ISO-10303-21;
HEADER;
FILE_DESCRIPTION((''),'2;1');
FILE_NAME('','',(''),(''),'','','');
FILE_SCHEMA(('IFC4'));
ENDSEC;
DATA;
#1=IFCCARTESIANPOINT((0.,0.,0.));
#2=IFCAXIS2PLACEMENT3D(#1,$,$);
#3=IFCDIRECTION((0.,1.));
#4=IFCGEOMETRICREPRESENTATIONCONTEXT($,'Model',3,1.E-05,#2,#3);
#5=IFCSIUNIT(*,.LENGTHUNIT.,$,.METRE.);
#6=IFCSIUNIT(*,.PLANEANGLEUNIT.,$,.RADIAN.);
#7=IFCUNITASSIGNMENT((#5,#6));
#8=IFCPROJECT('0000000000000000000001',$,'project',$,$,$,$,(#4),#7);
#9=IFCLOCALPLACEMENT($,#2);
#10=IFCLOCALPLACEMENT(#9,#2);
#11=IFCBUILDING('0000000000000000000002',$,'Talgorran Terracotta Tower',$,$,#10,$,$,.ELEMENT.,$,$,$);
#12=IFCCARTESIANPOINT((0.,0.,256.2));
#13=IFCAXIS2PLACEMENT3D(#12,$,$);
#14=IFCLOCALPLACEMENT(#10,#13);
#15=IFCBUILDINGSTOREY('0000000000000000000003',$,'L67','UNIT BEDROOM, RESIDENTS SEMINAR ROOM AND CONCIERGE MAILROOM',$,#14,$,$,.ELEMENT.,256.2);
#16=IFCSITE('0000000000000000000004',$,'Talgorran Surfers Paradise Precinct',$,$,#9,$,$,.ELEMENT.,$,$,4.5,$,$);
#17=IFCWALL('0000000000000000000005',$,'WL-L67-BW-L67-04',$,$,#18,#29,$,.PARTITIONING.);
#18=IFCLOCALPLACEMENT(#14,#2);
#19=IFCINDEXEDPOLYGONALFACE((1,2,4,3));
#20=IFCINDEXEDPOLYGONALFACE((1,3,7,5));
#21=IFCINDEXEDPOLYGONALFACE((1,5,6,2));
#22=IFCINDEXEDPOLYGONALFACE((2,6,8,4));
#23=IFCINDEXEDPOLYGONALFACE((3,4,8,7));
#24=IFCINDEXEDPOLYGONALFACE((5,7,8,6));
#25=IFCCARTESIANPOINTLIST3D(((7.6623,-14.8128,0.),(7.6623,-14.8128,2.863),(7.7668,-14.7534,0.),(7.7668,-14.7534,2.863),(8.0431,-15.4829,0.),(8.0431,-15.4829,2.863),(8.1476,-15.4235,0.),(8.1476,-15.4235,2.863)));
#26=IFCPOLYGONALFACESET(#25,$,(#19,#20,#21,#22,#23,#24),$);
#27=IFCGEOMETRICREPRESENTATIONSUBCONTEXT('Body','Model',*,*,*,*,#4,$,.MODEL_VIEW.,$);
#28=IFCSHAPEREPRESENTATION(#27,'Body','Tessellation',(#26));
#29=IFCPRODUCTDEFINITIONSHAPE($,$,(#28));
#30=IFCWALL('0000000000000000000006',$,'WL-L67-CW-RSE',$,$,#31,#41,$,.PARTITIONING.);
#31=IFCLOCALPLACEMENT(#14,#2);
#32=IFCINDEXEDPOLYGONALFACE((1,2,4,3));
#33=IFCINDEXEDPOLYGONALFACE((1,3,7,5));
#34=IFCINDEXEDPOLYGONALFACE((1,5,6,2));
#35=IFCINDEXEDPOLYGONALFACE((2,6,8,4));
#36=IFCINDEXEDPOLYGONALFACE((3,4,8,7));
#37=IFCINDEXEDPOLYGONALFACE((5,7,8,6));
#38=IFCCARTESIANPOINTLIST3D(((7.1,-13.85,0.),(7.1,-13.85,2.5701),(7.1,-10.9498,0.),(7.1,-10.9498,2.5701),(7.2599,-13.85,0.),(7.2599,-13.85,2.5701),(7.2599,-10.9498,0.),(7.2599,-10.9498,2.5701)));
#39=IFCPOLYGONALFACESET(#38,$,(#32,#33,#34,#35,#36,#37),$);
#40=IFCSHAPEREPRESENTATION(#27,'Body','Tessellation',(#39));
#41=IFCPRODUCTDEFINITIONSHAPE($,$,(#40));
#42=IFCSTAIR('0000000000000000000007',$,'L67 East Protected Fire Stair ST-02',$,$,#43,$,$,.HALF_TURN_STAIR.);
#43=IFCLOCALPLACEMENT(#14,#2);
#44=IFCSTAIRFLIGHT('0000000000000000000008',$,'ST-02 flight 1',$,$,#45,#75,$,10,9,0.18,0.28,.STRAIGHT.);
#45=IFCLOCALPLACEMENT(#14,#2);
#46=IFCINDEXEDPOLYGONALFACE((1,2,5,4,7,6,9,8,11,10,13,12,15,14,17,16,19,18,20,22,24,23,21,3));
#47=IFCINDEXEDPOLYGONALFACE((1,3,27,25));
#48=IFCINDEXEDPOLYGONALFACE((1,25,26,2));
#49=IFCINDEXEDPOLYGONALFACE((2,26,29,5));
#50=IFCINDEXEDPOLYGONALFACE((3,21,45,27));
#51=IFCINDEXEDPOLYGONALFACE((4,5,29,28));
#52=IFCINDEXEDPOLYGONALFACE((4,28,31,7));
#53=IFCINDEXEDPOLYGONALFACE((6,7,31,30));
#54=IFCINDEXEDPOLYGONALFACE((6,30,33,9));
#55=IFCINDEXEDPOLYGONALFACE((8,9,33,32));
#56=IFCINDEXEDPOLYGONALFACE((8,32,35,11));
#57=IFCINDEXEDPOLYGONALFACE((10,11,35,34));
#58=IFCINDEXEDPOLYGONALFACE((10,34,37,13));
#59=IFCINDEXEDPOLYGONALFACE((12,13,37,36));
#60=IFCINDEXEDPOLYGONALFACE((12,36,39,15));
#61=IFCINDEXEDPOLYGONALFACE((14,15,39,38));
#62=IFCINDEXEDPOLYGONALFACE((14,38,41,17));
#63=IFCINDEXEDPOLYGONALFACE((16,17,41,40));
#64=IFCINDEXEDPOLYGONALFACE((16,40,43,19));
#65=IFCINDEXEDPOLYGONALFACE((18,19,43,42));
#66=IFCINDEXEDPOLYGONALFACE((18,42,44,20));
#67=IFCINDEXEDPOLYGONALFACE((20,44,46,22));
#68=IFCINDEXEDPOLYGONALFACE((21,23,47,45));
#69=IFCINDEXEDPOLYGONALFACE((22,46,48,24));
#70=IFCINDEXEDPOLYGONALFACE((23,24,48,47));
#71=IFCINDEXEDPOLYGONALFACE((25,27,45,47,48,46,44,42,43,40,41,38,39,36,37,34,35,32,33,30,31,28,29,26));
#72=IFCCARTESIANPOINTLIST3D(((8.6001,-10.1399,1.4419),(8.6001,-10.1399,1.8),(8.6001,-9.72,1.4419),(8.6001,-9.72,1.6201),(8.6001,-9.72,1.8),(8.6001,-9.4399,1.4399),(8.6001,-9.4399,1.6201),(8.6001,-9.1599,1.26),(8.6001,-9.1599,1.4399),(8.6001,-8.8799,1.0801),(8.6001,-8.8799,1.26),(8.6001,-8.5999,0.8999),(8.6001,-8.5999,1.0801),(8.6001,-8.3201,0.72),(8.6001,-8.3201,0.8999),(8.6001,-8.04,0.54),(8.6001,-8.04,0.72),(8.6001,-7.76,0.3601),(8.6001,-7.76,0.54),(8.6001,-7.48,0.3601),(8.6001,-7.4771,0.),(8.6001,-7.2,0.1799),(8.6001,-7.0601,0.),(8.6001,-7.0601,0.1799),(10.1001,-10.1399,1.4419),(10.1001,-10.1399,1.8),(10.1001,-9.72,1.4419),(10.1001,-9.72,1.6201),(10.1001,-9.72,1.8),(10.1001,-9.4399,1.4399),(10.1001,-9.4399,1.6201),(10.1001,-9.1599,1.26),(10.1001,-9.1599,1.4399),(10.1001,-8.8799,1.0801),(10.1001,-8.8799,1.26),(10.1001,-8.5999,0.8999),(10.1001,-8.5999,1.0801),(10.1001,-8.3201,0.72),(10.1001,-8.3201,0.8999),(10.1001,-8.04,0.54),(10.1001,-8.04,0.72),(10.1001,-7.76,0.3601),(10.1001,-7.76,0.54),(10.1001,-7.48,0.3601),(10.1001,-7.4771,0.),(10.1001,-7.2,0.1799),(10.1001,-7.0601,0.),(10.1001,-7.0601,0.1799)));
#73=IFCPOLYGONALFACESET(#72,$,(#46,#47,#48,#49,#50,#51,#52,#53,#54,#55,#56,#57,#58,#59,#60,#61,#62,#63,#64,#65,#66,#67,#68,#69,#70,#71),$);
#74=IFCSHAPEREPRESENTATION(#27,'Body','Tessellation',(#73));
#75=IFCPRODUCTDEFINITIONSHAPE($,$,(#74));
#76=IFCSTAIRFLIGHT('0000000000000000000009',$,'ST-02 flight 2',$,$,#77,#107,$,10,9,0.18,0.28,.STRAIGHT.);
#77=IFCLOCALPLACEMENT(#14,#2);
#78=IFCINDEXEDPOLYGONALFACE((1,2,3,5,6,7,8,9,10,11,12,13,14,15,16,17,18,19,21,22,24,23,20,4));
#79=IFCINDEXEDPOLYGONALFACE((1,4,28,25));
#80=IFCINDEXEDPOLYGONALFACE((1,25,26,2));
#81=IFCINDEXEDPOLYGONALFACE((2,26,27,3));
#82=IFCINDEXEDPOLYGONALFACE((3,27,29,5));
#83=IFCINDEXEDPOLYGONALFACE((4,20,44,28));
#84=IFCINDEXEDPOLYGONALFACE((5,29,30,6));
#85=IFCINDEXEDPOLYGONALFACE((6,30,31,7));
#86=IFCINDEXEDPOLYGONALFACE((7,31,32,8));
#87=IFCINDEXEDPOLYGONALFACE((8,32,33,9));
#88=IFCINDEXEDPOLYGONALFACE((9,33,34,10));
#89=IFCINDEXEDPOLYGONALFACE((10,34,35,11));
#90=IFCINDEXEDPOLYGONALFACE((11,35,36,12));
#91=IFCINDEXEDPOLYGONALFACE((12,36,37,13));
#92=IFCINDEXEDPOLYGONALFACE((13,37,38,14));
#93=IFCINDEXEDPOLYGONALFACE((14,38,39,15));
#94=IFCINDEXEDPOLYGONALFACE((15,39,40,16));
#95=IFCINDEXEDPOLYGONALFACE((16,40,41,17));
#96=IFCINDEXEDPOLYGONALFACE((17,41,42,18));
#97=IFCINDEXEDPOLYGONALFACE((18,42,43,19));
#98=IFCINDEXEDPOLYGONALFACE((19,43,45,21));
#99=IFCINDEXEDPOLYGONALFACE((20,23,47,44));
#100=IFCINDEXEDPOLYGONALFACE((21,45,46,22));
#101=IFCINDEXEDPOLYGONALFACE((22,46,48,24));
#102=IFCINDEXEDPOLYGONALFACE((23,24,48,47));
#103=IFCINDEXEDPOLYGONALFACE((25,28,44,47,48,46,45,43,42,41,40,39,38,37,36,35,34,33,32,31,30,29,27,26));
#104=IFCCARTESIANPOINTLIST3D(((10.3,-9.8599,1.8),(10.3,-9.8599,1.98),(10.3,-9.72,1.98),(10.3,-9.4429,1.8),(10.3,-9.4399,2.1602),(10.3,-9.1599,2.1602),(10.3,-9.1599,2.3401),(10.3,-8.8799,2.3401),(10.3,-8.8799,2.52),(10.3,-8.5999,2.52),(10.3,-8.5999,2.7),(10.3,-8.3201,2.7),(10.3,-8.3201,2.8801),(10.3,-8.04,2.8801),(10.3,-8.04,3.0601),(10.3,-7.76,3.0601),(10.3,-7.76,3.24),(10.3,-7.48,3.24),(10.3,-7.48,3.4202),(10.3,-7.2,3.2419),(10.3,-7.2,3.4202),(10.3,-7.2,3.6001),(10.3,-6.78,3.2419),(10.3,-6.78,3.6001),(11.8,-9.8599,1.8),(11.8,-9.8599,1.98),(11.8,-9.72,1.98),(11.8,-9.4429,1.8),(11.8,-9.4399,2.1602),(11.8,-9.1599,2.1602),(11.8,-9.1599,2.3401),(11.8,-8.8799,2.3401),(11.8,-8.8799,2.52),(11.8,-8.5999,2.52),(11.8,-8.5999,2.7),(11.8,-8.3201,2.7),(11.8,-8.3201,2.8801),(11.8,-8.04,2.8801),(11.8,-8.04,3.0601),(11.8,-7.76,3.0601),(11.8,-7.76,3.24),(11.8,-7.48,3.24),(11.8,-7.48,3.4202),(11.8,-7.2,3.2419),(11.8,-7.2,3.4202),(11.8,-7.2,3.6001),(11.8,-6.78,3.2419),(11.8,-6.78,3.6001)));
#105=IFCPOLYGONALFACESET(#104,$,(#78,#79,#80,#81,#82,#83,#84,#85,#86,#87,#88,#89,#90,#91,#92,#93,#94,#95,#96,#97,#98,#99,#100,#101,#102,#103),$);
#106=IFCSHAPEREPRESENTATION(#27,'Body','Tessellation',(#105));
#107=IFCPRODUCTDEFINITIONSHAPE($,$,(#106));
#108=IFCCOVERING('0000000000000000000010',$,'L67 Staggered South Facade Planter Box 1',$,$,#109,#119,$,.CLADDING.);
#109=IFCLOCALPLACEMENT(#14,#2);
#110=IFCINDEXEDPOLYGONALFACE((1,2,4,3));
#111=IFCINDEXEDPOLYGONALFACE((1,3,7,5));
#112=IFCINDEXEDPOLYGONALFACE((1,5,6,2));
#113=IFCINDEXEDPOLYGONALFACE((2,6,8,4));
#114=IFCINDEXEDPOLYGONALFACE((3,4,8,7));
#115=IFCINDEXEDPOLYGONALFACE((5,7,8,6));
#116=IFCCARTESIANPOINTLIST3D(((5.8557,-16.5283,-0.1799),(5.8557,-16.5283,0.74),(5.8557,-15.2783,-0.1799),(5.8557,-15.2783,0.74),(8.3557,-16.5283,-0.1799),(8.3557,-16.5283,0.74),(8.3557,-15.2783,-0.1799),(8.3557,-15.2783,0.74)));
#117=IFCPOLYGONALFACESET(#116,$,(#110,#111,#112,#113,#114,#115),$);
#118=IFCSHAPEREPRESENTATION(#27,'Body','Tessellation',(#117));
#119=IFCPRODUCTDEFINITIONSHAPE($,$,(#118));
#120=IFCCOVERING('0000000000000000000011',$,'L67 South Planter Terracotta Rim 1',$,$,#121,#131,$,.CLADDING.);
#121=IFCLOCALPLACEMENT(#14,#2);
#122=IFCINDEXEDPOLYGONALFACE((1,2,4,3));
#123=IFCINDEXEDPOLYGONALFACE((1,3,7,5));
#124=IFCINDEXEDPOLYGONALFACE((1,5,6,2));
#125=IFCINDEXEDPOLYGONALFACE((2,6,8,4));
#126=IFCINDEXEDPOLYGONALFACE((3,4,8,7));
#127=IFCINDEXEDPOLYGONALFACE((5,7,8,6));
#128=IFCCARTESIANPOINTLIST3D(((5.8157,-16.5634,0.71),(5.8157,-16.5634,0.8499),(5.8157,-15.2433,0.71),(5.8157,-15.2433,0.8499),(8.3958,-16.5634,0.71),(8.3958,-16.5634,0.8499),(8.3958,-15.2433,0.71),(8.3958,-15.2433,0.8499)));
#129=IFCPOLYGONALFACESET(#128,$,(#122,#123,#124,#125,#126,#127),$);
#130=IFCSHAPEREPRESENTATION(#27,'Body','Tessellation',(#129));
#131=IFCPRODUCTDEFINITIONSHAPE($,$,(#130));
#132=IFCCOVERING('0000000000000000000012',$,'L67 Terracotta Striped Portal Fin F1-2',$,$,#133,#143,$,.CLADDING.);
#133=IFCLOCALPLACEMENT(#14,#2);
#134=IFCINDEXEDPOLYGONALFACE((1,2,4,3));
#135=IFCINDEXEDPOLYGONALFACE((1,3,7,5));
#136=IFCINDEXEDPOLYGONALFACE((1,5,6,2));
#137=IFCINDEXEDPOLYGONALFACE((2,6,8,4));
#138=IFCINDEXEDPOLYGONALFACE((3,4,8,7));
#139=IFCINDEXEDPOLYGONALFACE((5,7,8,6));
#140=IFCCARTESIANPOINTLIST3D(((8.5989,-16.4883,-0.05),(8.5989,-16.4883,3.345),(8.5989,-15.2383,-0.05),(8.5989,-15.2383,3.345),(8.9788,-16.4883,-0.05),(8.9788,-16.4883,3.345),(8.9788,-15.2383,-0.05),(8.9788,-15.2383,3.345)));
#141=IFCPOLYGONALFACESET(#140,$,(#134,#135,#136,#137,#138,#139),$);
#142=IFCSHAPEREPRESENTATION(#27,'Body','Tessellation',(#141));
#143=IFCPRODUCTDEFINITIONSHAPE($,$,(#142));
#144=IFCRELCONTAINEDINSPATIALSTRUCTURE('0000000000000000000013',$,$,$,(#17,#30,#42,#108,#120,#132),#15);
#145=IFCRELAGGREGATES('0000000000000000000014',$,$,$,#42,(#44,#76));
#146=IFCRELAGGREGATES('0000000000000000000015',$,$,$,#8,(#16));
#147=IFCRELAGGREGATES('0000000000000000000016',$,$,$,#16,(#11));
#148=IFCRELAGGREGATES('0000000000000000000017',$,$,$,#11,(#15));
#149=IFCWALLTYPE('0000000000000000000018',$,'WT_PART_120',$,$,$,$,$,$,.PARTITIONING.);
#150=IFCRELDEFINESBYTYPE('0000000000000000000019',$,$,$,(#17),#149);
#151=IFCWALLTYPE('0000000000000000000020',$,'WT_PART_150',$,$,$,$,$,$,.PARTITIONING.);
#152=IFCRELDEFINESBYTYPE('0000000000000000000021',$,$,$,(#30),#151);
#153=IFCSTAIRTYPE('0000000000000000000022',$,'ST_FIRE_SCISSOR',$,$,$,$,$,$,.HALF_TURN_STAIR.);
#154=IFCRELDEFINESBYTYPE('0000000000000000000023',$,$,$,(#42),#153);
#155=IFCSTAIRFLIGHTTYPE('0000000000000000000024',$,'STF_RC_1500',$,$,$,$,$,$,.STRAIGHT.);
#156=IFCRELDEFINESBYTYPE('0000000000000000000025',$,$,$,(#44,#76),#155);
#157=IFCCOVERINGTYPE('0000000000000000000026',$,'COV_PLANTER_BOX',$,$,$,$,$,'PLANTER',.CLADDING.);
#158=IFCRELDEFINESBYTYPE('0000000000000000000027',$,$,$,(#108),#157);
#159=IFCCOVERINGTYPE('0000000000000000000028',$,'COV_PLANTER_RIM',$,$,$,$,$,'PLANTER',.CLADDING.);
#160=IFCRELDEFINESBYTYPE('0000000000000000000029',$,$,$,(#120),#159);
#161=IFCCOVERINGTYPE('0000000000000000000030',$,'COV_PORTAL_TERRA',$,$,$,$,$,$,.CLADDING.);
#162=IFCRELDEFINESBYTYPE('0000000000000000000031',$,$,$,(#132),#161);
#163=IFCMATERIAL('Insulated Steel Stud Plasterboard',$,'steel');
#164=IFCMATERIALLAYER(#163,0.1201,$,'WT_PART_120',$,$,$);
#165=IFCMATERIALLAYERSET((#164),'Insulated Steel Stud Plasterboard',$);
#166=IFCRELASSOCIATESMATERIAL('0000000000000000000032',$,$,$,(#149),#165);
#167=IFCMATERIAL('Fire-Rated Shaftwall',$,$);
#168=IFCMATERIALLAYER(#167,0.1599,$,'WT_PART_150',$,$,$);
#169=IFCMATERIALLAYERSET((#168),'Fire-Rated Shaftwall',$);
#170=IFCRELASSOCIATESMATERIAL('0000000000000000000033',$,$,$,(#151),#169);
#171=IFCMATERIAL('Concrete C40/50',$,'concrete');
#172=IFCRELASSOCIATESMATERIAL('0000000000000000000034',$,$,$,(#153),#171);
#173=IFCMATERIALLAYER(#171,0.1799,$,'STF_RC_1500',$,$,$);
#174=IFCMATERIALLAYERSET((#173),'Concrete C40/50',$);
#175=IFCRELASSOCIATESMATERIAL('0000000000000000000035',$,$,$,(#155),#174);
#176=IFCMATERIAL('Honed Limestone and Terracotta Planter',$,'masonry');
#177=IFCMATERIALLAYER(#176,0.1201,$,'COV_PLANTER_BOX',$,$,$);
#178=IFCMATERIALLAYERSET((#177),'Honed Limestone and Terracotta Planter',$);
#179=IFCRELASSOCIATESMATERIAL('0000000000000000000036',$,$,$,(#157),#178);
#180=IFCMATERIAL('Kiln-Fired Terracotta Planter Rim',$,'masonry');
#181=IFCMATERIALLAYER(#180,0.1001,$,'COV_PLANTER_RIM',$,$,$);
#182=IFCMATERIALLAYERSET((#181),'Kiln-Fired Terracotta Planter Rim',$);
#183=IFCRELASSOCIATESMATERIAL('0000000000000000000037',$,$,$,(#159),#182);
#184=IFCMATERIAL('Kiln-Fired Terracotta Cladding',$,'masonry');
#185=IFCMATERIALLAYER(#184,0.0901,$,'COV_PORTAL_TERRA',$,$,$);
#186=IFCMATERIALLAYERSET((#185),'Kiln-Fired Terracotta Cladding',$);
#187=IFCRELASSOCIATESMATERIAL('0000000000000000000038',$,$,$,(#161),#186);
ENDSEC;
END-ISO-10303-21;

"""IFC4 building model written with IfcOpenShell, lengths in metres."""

from ifc_helpers import new_model, si_unit, direction, frame, frame_2d, origin, origin_2d, place, context, subcontext, project, spatial, polyline, rectangle, outline, extrude, material, layer, layer_set, type_object, element, aggregate, save


model = new_model("IFC4")

# Units and contexts
model_context = context("Model", 3, precision=1e-05, world=origin(), true_north=direction((0.0, 1.0)))
body_context = subcontext(model_context, "Body", "Model", "MODEL_VIEW")
ifc_project = project(units=[si_unit("LENGTHUNIT", "METRE"), si_unit("PLANEANGLEUNIT", "RADIAN")], contexts=[model_context])

# Site, building, storey
site_placement = place(None, origin())
site = spatial("IfcSite", under=ifc_project, at=site_placement, Name="Talgorran Surfers Paradise Precinct", CompositionType="ELEMENT", RefElevation=4.5)
building_placement = place(site_placement, origin())
building = spatial("IfcBuilding", under=site, at=building_placement, Name="Talgorran Terracotta Tower", CompositionType="ELEMENT")
storey_placement = place(building_placement, frame((0.0, 0.0, 256.2)))
storey = spatial("IfcBuildingStorey", under=building, at=storey_placement, Name="L67", Description="UNIT BEDROOM, RESIDENTS SEMINAR ROOM AND CONCIERGE MAILROOM", CompositionType="ELEMENT", Elevation=256.2)

# Walls
ifc_material_1 = material(Name="Insulated Steel Stud Plasterboard", Category="steel")
ifc_layer_1 = layer(ifc_material_1, 0.1201, Name="WT_PART_120")
ifc_layer_set_1 = layer_set([ifc_layer_1], Name="Insulated Steel Stud Plasterboard")
wall_type_1 = type_object("IfcWallType", Name="WT_PART_120", PredefinedType="PARTITIONING", material=ifc_layer_set_1)
wall_1_placement = place(storey_placement, frame((7.7146, -14.7832, 0.0), z_axis=(0.0, 0.0, 1.0), x_axis=(0.494091, -0.86941, 0.0)))
element("IfcWall", 1, at=wall_1_placement, inside=storey, type_object=wall_type_1, Name="WL-L67-BW-L67-04", PredefinedType="PARTITIONING", context=body_context, shape_type="SweptSolid", body=[
    extrude(rectangle(XDim=0.7708, YDim=0.1201, at=frame_2d((0.3853, 0.0))), origin(), (0.0, 0.0, 1.0), 2.863),
])
ifc_material_2 = material(Name="Fire-Rated Shaftwall")
ifc_layer_2 = layer(ifc_material_2, 0.1599, Name="WT_PART_150")
ifc_layer_set_2 = layer_set([ifc_layer_2], Name="Fire-Rated Shaftwall")
wall_type_2 = type_object("IfcWallType", Name="WT_PART_150", PredefinedType="PARTITIONING", material=ifc_layer_set_2)
wall_2_placement = place(storey_placement, frame((7.1799, -13.8501, 0.0), z_axis=(0.0, 0.0, 1.0), x_axis=(0.0, 1.0, 0.0)))
element("IfcWall", 2, at=wall_2_placement, inside=storey, type_object=wall_type_2, Name="WL-L67-CW-RSE", PredefinedType="PARTITIONING", context=body_context, shape_type="SweptSolid", body=[
    extrude(rectangle(XDim=2.9001, YDim=0.1599, at=frame_2d((1.4502, 0.0))), origin(), (0.0, 0.0, 1.0), 2.5701),
])

# Stair, stair flights
ifc_material_3 = material(Name="Concrete C40/50", Category="concrete")
stair_type = type_object("IfcStairType", Name="ST_FIRE_SCISSOR", PredefinedType="HALF_TURN_STAIR", material=ifc_material_3)
stair_placement = place(storey_placement, origin())
stair = element("IfcStair", 3, at=stair_placement, inside=storey, type_object=stair_type, Name="L67 East Protected Fire Stair ST-02", PredefinedType="HALF_TURN_STAIR")
ifc_layer_3 = layer(ifc_material_3, 0.1799, Name="STF_RC_1500")
ifc_layer_set_3 = layer_set([ifc_layer_3], Name="Concrete C40/50")
stair_flight_type = type_object("IfcStairFlightType", Name="STF_RC_1500", PredefinedType="STRAIGHT", material=ifc_layer_set_3)
stair_flight_1_placement = place(storey_placement, frame((9.3501, -7.2, 0.0), z_axis=(0.0, 0.0, 1.0), x_axis=(0.0, -1.0, 0.0)))
stair_flight_1 = element("IfcStairFlight", 4, at=stair_flight_1_placement, type_object=stair_flight_type, Name="ST-02 flight 1", NumberOfRisers=10, NumberOfTreads=9, PredefinedType="STRAIGHT", RiserHeight=0.18, TreadLength=0.28, context=body_context, shape_type="SweptSolid", body=[
    extrude(outline(polyline([(-0.1399, 0.0), (-0.1399, 0.1799), (0.0, 0.1799), (0.28, 0.3601), (0.5601, 0.3601), (0.5601, 0.54), (0.8401, 0.54), (0.8401, 0.72), (1.1201, 0.72), (1.1201, 0.8999), (1.3999, 0.8999), (1.3999, 1.0801), (1.6799, 1.0801), (1.6799, 1.26), (1.96, 1.26), (1.96, 1.4399), (2.24, 1.4399), (2.24, 1.6201), (2.52, 1.6201), (2.52, 1.8), (2.9399, 1.8), (2.9399, 1.4419), (2.52, 1.4419), (0.2771, 0.0), (-0.1399, 0.0)])), frame((0.0, 0.75, 0.0), z_axis=(0.0, -1.0, 0.0), x_axis=(1.0, 0.0, 0.0)), (0.0, 0.0, 1.0), 1.5),
])
stair_flight_2_placement = place(storey_placement, frame((11.05, -9.72, 1.8), z_axis=(0.0, 0.0, 1.0), x_axis=(0.0, 1.0, 0.0)))
stair_flight_2 = element("IfcStairFlight", 5, at=stair_flight_2_placement, type_object=stair_flight_type, Name="ST-02 flight 2", NumberOfRisers=10, NumberOfTreads=9, PredefinedType="STRAIGHT", RiserHeight=0.18, TreadLength=0.28, context=body_context, shape_type="SweptSolid", body=[
    extrude(outline(polyline([(-0.1399, 0.0), (-0.1399, 0.1799), (0.0, 0.1799), (0.28, 0.3601), (0.5601, 0.3601), (0.5601, 0.54), (0.8401, 0.54), (0.8401, 0.72), (1.1201, 0.72), (1.1201, 0.8999), (1.3999, 0.8999), (1.3999, 1.0801), (1.6799, 1.0801), (1.6799, 1.26), (1.96, 1.26), (1.96, 1.4399), (2.24, 1.4399), (2.24, 1.6201), (2.52, 1.6201), (2.52, 1.8), (2.9399, 1.8), (2.9399, 1.4419), (2.52, 1.4419), (0.2771, 0.0), (-0.1399, 0.0)])), frame((0.0, 0.75, 0.0), z_axis=(0.0, -1.0, 0.0), x_axis=(1.0, 0.0, 0.0)), (0.0, 0.0, 1.0), 1.5),
])
aggregate(stair, [stair_flight_1, stair_flight_2])

# Coverings
ifc_material_4 = material(Name="Honed Limestone and Terracotta Planter", Category="masonry")
ifc_layer_4 = layer(ifc_material_4, 0.1201, Name="COV_PLANTER_BOX")
ifc_layer_set_4 = layer_set([ifc_layer_4], Name="Honed Limestone and Terracotta Planter")
covering_type_1 = type_object("IfcCoveringType", Name="COV_PLANTER_BOX", ElementType="PLANTER", PredefinedType="CLADDING", material=ifc_layer_set_4)
covering_1_placement = place(storey_placement, frame((7.1057, -15.9033, -0.1799), z_axis=(0.0, 0.0, 1.0), x_axis=(1.0, 0.0, 0.0)))
element("IfcCovering", 6, at=covering_1_placement, inside=storey, type_object=covering_type_1, Name="L67 Staggered South Facade Planter Box 1", PredefinedType="CLADDING", context=body_context, shape_type="SweptSolid", body=[
    extrude(rectangle(XDim=2.5, YDim=1.25, at=origin_2d()), origin(), (0.0, 0.0, 1.0), 0.9199),
])
ifc_material_5 = material(Name="Kiln-Fired Terracotta Planter Rim", Category="masonry")
ifc_layer_5 = layer(ifc_material_5, 0.1001, Name="COV_PLANTER_RIM")
ifc_layer_set_5 = layer_set([ifc_layer_5], Name="Kiln-Fired Terracotta Planter Rim")
covering_type_2 = type_object("IfcCoveringType", Name="COV_PLANTER_RIM", ElementType="PLANTER", PredefinedType="CLADDING", material=ifc_layer_set_5)
covering_2_placement = place(storey_placement, frame((7.1057, -15.9033, 0.71), z_axis=(0.0, 0.0, 1.0), x_axis=(1.0, 0.0, 0.0)))
element("IfcCovering", 7, at=covering_2_placement, inside=storey, type_object=covering_type_2, Name="L67 South Planter Terracotta Rim 1", PredefinedType="CLADDING", context=body_context, shape_type="SweptSolid", body=[
    extrude(rectangle(XDim=2.5801, YDim=1.3201, at=origin_2d()), origin(), (0.0, 0.0, 1.0), 0.1399),
])
ifc_material_6 = material(Name="Kiln-Fired Terracotta Cladding", Category="masonry")
ifc_layer_6 = layer(ifc_material_6, 0.0901, Name="COV_PORTAL_TERRA")
ifc_layer_set_6 = layer_set([ifc_layer_6], Name="Kiln-Fired Terracotta Cladding")
covering_type_3 = type_object("IfcCoveringType", Name="COV_PORTAL_TERRA", PredefinedType="CLADDING", material=ifc_layer_set_6)
covering_3_placement = place(storey_placement, frame((8.7888, -15.8633, -0.05), z_axis=(0.0, 0.0, 1.0), x_axis=(1.0, 0.0, 0.0)))
element("IfcCovering", 8, at=covering_3_placement, inside=storey, type_object=covering_type_3, Name="L67 Terracotta Striped Portal Fin F1-2", PredefinedType="CLADDING", context=body_context, shape_type="SweptSolid", body=[
    extrude(rectangle(XDim=0.3799, YDim=1.25, at=origin_2d()), origin(), (0.0, 0.0, 1.0), 3.395),
])

save(model, "model.ifc")
